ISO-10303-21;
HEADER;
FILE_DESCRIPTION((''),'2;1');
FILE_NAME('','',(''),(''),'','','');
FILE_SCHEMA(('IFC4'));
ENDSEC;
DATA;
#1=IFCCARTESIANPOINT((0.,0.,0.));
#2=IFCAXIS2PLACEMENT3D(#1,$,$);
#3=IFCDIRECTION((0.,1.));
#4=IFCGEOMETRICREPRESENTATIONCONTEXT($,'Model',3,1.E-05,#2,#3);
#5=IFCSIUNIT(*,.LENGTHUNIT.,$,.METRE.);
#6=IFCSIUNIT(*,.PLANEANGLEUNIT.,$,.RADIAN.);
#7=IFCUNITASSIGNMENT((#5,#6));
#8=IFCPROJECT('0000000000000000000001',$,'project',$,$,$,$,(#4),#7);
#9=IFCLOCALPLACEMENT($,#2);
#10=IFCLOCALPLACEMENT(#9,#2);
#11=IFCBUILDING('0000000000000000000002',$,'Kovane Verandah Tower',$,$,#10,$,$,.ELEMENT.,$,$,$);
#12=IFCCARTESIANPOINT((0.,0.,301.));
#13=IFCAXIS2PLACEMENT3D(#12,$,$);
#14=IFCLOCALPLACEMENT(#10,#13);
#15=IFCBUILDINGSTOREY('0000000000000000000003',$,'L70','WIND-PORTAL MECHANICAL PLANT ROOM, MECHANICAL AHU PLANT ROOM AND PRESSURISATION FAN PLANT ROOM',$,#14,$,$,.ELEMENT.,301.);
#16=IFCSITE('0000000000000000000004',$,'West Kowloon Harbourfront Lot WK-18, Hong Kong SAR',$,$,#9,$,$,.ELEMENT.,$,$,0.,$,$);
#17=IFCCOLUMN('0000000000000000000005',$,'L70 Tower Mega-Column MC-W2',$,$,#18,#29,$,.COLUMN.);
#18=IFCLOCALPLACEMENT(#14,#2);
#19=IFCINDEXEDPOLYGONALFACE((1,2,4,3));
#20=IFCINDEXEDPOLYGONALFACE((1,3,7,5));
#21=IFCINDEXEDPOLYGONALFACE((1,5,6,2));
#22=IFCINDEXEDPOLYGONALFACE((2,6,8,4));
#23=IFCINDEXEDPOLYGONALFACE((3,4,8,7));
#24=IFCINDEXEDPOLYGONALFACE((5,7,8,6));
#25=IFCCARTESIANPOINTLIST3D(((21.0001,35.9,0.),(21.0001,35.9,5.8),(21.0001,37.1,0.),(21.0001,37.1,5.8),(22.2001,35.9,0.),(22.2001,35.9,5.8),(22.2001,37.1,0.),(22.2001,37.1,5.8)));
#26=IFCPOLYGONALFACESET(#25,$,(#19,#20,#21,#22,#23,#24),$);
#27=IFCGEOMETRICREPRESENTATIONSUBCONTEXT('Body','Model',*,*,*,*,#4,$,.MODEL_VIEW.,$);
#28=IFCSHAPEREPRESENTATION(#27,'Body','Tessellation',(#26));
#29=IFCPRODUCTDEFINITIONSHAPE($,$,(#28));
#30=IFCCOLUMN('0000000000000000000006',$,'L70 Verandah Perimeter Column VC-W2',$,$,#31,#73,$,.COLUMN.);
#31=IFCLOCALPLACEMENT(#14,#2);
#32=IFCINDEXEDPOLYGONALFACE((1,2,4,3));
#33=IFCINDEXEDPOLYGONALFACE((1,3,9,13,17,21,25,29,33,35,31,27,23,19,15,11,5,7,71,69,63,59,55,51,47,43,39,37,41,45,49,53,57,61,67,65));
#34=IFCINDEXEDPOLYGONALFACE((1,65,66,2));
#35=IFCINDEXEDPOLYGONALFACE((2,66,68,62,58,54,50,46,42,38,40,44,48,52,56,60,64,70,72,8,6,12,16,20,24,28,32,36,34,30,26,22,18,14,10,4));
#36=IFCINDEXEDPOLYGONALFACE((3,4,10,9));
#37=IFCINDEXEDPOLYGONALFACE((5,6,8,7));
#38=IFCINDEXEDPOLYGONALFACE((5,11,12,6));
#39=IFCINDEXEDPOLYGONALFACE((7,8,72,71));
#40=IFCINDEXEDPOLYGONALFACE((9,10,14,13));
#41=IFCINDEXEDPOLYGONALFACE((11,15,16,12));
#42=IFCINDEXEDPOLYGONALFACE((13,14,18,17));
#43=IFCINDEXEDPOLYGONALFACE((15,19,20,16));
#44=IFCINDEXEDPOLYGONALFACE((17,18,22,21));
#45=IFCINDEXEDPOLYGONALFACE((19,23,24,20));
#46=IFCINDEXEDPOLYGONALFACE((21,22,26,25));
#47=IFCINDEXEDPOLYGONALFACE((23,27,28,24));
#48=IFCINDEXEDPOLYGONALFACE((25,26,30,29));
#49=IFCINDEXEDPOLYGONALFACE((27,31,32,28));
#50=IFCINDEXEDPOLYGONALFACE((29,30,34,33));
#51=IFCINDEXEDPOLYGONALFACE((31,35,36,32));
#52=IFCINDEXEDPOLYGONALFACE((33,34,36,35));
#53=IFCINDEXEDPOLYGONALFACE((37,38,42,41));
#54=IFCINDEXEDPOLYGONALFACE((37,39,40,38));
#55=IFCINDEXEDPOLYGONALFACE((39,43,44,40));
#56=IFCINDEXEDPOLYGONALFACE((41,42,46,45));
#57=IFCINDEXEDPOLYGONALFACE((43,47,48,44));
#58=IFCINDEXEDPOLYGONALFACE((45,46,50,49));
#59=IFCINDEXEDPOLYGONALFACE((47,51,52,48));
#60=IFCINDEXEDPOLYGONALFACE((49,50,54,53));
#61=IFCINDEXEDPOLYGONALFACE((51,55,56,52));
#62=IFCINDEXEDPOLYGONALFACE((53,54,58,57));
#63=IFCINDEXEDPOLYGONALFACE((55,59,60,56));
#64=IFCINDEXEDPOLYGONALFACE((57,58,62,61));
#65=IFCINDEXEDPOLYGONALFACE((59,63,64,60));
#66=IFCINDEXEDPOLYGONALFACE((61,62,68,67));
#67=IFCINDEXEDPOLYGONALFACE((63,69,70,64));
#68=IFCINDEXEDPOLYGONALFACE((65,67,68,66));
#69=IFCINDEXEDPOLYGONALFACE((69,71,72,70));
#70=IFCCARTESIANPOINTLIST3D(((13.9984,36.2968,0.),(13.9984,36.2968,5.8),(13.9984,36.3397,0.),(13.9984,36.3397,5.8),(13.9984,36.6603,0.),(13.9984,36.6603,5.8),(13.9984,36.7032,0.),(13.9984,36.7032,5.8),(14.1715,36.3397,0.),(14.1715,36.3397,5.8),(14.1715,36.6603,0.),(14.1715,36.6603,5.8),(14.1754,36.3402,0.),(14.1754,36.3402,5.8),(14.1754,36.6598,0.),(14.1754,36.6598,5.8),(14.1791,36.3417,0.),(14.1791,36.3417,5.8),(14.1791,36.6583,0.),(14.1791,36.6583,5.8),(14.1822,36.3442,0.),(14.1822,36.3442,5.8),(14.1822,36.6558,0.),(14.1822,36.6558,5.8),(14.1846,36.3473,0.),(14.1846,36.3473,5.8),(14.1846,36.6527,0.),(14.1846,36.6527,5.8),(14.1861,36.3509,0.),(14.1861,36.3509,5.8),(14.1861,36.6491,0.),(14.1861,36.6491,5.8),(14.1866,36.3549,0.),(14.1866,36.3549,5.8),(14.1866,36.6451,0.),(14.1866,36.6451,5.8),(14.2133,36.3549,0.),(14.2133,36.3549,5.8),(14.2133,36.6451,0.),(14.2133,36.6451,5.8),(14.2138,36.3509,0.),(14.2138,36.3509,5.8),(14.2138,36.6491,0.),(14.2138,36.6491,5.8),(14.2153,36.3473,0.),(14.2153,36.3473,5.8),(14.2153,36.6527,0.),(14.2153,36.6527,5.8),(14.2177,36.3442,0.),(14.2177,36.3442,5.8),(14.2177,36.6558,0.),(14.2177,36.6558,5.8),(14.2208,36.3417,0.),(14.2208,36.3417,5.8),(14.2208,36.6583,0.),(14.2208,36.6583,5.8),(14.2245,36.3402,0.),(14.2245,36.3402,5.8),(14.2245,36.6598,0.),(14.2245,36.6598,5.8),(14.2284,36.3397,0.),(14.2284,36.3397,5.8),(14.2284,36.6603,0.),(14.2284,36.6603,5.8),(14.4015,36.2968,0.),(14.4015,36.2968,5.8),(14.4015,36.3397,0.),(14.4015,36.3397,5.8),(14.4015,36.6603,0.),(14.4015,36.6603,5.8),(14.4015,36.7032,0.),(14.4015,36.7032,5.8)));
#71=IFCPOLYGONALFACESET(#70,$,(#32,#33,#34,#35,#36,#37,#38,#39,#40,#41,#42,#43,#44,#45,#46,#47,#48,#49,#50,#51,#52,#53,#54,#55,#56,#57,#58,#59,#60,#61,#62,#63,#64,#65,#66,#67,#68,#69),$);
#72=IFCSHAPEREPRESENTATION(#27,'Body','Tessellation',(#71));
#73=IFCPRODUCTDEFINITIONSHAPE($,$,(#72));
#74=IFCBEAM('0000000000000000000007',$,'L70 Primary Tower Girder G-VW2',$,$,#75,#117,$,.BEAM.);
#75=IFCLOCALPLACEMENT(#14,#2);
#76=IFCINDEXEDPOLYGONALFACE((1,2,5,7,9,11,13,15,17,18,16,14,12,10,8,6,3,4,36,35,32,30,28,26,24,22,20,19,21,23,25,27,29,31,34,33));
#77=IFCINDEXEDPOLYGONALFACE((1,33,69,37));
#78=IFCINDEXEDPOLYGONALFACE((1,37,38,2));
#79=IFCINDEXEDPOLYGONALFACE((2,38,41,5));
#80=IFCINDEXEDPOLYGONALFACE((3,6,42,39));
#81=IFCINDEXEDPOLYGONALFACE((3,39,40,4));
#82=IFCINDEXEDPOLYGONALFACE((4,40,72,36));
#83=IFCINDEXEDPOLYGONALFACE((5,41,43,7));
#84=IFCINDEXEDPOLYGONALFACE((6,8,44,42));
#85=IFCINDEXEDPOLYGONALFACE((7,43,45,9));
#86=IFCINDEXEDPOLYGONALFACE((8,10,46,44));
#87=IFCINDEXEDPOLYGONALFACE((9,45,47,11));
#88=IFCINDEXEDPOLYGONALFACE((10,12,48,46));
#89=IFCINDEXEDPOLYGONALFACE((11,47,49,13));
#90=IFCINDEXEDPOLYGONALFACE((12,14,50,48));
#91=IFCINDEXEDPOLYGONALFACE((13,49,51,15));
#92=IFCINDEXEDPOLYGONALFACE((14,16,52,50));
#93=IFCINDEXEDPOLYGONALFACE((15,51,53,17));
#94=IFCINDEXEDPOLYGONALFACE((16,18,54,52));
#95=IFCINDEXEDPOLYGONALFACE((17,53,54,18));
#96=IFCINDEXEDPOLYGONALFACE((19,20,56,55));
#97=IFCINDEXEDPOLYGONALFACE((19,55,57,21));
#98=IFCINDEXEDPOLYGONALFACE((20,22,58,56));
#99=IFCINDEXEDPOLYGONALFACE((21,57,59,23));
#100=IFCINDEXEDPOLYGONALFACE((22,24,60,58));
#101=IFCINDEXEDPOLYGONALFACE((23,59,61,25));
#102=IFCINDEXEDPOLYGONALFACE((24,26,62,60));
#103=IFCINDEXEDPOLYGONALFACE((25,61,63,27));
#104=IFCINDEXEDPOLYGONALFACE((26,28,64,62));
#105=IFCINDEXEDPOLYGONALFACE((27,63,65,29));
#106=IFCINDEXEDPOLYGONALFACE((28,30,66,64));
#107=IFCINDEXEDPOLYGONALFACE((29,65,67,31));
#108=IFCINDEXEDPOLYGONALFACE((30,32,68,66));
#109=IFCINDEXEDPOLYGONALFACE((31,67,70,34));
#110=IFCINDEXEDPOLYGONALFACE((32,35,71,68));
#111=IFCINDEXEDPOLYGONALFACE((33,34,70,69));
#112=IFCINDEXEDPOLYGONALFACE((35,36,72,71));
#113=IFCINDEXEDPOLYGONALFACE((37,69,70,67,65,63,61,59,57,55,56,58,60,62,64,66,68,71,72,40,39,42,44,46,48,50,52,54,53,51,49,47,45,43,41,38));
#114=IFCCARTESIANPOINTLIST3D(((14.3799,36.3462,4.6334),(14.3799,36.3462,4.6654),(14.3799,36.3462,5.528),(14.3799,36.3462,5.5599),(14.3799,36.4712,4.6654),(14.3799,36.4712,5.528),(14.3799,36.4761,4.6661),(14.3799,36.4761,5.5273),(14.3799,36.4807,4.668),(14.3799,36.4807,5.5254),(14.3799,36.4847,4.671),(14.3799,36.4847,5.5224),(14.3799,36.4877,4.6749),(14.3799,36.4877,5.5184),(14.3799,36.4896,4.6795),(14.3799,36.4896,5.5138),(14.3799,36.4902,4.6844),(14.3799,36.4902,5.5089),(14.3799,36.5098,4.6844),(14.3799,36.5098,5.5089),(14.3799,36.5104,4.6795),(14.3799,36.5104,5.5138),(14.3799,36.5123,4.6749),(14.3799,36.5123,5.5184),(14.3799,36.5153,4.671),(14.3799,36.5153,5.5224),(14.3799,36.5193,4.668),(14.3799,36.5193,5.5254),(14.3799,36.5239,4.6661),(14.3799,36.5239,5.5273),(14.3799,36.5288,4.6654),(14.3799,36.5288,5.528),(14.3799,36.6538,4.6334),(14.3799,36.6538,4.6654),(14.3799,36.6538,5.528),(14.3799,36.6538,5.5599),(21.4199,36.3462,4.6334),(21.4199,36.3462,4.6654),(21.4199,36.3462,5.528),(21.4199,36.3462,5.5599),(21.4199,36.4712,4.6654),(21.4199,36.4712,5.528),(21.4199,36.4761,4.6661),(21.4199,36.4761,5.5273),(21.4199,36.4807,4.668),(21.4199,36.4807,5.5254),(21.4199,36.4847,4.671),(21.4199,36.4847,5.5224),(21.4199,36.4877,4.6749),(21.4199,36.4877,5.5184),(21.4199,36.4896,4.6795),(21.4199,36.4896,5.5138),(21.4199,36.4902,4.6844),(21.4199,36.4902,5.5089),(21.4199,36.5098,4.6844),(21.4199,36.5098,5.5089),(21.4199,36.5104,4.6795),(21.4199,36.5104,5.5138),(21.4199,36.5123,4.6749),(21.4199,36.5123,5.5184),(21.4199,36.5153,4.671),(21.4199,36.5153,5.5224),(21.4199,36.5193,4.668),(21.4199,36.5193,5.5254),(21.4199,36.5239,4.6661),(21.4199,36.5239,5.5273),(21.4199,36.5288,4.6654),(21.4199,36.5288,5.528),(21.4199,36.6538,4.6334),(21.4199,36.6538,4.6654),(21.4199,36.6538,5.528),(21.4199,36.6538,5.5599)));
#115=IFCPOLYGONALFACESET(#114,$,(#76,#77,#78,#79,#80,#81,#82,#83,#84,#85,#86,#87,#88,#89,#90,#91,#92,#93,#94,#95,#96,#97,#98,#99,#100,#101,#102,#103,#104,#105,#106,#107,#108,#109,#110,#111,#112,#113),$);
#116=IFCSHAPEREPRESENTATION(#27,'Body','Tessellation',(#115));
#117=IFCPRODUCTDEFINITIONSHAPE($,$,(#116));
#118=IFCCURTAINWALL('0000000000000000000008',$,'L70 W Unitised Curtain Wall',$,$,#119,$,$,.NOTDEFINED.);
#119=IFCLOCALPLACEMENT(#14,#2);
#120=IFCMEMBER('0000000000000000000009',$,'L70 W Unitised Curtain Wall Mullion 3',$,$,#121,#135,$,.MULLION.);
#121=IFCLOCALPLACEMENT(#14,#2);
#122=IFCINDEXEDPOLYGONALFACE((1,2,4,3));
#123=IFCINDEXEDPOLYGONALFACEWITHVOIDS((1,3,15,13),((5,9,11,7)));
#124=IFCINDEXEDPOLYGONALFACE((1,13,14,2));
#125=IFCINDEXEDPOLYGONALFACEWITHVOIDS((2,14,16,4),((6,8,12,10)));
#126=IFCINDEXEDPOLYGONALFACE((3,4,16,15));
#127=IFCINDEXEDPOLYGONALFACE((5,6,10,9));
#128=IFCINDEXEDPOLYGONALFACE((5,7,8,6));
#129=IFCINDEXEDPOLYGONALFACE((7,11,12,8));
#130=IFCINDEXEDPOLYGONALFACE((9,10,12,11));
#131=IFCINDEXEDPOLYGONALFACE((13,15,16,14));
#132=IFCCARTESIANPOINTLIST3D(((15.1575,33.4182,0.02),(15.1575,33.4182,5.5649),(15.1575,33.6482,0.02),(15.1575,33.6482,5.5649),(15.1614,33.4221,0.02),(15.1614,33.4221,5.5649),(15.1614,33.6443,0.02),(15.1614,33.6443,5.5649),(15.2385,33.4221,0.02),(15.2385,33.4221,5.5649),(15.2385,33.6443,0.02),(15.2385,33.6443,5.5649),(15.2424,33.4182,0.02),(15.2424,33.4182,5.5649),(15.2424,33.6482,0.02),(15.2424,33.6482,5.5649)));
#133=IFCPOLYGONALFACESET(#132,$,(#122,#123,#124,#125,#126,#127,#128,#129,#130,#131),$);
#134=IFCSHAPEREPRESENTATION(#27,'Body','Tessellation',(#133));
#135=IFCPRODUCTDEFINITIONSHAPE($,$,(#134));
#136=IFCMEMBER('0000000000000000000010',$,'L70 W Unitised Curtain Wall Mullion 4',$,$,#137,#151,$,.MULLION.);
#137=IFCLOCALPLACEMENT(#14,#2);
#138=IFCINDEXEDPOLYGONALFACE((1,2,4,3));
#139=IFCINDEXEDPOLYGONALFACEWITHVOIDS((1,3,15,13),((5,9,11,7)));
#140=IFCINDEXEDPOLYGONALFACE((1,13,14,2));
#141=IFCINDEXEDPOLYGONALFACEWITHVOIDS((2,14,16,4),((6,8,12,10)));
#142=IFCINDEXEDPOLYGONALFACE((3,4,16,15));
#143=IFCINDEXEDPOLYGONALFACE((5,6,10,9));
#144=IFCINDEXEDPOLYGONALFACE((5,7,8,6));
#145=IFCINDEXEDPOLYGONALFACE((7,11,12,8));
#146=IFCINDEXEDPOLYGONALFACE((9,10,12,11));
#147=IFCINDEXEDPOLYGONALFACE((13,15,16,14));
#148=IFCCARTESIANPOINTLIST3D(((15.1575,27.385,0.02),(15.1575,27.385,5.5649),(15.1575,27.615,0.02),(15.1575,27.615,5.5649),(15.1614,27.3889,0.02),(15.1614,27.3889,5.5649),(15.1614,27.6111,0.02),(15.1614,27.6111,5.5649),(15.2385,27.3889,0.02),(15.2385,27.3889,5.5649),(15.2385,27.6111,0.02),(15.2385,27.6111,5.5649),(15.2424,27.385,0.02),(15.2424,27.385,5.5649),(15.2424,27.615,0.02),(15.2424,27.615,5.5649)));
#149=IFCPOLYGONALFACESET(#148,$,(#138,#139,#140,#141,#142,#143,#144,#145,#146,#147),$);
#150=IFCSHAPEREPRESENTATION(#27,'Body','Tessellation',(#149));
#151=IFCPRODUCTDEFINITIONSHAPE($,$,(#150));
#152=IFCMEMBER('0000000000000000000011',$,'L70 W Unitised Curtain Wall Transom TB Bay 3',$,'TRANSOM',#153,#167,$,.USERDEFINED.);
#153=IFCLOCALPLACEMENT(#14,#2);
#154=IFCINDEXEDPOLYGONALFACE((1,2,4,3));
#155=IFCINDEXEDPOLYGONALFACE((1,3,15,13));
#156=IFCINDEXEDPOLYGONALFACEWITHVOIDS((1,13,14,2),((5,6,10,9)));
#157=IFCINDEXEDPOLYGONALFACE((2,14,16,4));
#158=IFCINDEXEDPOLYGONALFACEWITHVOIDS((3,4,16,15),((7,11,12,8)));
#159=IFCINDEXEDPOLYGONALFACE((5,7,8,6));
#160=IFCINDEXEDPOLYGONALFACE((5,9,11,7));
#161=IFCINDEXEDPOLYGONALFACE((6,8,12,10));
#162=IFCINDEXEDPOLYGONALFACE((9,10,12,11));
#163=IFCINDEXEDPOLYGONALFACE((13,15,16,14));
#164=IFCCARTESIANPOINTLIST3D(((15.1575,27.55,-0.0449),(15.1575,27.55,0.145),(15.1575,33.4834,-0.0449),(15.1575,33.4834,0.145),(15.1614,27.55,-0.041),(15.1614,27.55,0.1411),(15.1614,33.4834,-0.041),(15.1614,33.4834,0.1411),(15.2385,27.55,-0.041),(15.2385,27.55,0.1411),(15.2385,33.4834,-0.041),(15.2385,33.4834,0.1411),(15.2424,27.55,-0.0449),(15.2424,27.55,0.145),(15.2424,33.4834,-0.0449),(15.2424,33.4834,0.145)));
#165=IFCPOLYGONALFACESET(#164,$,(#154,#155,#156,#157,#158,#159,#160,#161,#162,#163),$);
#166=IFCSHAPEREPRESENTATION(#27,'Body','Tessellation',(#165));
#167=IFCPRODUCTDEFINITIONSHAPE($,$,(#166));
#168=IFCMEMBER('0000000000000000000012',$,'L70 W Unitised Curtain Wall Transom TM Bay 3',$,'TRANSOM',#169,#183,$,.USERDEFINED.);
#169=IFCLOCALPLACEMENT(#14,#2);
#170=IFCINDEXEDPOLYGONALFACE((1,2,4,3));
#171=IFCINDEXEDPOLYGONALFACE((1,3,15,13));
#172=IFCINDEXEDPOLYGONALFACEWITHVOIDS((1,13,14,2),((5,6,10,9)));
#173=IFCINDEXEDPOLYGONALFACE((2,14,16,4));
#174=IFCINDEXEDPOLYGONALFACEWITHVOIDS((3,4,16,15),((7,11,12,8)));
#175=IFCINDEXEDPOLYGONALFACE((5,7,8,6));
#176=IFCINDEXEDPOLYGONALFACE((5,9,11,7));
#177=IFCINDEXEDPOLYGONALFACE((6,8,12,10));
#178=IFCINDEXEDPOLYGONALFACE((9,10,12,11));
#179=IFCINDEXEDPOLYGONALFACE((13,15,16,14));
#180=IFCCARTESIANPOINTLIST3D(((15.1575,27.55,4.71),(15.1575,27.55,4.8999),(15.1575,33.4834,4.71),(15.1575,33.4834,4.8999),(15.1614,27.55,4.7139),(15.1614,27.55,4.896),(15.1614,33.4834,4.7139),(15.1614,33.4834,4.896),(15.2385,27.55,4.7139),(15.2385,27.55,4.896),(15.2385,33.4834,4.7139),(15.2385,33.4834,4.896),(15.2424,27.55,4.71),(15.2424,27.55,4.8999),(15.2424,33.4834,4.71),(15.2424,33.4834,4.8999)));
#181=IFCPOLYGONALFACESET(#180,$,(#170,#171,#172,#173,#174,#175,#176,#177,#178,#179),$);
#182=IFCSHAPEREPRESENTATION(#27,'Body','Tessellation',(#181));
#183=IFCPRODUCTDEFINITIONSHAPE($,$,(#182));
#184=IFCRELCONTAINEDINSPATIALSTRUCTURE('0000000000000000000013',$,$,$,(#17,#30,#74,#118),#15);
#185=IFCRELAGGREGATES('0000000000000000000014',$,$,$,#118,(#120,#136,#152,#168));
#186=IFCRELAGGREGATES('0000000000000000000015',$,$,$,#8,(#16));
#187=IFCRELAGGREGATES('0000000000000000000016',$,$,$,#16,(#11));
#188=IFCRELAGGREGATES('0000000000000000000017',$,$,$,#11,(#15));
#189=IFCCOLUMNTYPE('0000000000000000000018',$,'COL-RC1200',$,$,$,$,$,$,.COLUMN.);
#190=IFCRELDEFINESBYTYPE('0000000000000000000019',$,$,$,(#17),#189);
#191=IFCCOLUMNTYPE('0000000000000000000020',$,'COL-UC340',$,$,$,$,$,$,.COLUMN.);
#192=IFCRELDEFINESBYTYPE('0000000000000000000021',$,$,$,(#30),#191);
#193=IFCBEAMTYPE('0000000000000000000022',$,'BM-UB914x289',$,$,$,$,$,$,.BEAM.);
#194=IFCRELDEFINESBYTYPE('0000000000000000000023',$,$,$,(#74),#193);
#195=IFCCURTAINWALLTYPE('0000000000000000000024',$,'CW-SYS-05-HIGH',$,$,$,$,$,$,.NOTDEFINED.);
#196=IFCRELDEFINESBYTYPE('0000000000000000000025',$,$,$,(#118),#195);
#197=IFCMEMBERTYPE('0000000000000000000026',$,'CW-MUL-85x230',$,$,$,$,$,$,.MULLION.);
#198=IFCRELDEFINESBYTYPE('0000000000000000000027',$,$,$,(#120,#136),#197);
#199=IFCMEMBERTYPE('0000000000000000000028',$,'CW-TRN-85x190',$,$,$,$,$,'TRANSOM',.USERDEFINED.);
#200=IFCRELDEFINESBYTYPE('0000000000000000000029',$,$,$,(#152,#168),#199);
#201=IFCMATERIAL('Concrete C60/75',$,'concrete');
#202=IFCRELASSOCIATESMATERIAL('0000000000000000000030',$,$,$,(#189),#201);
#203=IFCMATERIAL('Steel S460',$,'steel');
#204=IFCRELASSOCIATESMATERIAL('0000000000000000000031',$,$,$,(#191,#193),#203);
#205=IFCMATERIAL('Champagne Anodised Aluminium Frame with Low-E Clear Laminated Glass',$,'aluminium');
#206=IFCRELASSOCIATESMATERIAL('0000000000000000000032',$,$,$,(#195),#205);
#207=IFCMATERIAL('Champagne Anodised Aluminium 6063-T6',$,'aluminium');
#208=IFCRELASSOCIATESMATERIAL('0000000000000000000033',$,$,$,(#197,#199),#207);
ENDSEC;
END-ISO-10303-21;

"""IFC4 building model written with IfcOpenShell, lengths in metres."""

from ifc_helpers import new_model, si_unit, direction, frame, origin, origin_2d, place, context, subcontext, project, spatial, rectangle, hollow_rectangle, i_section, extrude, material, material_profile, profile_set, type_object, element, aggregate, save


model = new_model("IFC4")

# Units and contexts
model_context = context("Model", 3, precision=1e-05, world=origin(), true_north=direction((0.0, 1.0)))
body_context = subcontext(model_context, "Body", "Model", "MODEL_VIEW")
ifc_project = project(units=[si_unit("LENGTHUNIT", "METRE"), si_unit("PLANEANGLEUNIT", "RADIAN")], contexts=[model_context])

# Site, building, storey
site_placement = place(None, origin())
site = spatial("IfcSite", under=ifc_project, at=site_placement, Name="West Kowloon Harbourfront Lot WK-18, Hong Kong SAR", CompositionType="ELEMENT", RefElevation=0.0)
building_placement = place(site_placement, origin())
building = spatial("IfcBuilding", under=site, at=building_placement, Name="Kovane Verandah Tower", CompositionType="ELEMENT")
storey_placement = place(building_placement, frame((0.0, 0.0, 301.0)))
storey = spatial("IfcBuildingStorey", under=building, at=storey_placement, Name="L70", Description="WIND-PORTAL MECHANICAL PLANT ROOM, MECHANICAL AHU PLANT ROOM AND PRESSURISATION FAN PLANT ROOM", CompositionType="ELEMENT", Elevation=301.0)

# Columns
ifc_material_1 = material(Name="Concrete C60/75", Category="concrete")
ifc_material_profile_1 = material_profile(ifc_material_1, rectangle(XDim=1.2, YDim=1.2, at=origin_2d()), Name="RC1200x1200")
ifc_profile_set_1 = profile_set([ifc_material_profile_1], Name="Concrete C60/75")
column_type_1 = type_object("IfcColumnType", Name="COL-RC1200", PredefinedType="COLUMN", material=ifc_profile_set_1)
column_1_placement = place(storey_placement, frame((21.6001, 36.5, 0.0), z_axis=(0.0, 0.0, 1.0), x_axis=(1.0, 0.0, 0.0)))
element("IfcColumn", 1, at=column_1_placement, inside=storey, type_object=column_type_1, Name="L70 Tower Mega-Column MC-W2", PredefinedType="COLUMN", context=body_context, shape_type="SweptSolid", body=[
    extrude(rectangle(XDim=1.2, YDim=1.2, at=origin_2d()), origin(), (0.0, 0.0, 1.0), 5.8),
])
ifc_material_2 = material(Name="Steel S460", Category="steel")
ifc_material_profile_2 = material_profile(ifc_material_2, i_section(OverallWidth=0.4031, OverallDepth=0.4065, WebThickness=0.0266, FlangeThickness=0.043, FilletRadius=0.0151, at=origin_2d()), Name="UC356x406x340")
ifc_profile_set_2 = profile_set([ifc_material_profile_2], Name="Steel S460")
column_type_2 = type_object("IfcColumnType", Name="COL-UC340", PredefinedType="COLUMN", material=ifc_profile_set_2)
column_2_placement = place(storey_placement, frame((14.2, 36.5, 0.0), z_axis=(0.0, 0.0, 1.0), x_axis=(1.0, 0.0, 0.0)))
element("IfcColumn", 2, at=column_2_placement, inside=storey, type_object=column_type_2, Name="L70 Verandah Perimeter Column VC-W2", PredefinedType="COLUMN", context=body_context, shape_type="SweptSolid", body=[
    extrude(i_section(OverallWidth=0.4031, OverallDepth=0.4065, WebThickness=0.0266, FlangeThickness=0.043, FilletRadius=0.0151, at=origin_2d()), origin(), (0.0, 0.0, 1.0), 5.8),
])

# Beam
ifc_material_profile_3 = material_profile(ifc_material_2, i_section(OverallWidth=0.3076, OverallDepth=0.9265, WebThickness=0.0195, FlangeThickness=0.032, FilletRadius=0.019, at=origin_2d()), Name="UB914x305x289")
ifc_profile_set_3 = profile_set([ifc_material_profile_3], Name="Steel S460")
beam_type_1 = type_object("IfcBeamType", Name="BM-UB914x289", PredefinedType="BEAM", material=ifc_profile_set_3)
beam_1_placement = place(storey_placement, frame((21.4199, 36.5, 5.0967), z_axis=(-1.0, 0.0, 0.0), x_axis=(0.0, -1.0, 0.0)))
element("IfcBeam", 3, at=beam_1_placement, inside=storey, type_object=beam_type_1, Name="L70 Primary Tower Girder G-VW2", PredefinedType="BEAM", context=body_context, shape_type="SweptSolid", body=[
    extrude(i_section(OverallWidth=0.3076, OverallDepth=0.9265, WebThickness=0.0195, FlangeThickness=0.032, FilletRadius=0.019, at=origin_2d()), origin(), (0.0, 0.0, 1.0), 7.04),
])

# Curtain wall, members
ifc_material_3 = material(Name="Champagne Anodised Aluminium Frame with Low-E Clear Laminated Glass", Category="aluminium")
curtain_wall_type = type_object("IfcCurtainWallType", Name="CW-SYS-05-HIGH", PredefinedType="NOTDEFINED", material=ifc_material_3)
curtain_wall_placement = place(storey_placement, origin())
curtain_wall = element("IfcCurtainWall", 4, at=curtain_wall_placement, inside=storey, type_object=curtain_wall_type, Name="L70 W Unitised Curtain Wall", PredefinedType="NOTDEFINED")
ifc_material_4 = material(Name="Champagne Anodised Aluminium 6063-T6", Category="aluminium")
ifc_material_profile_4 = material_profile(ifc_material_4, hollow_rectangle(XDim=0.085, YDim=0.23, WallThickness=0.0039, at=origin_2d()), Name="AL85x230x4")
ifc_profile_set_4 = profile_set([ifc_material_profile_4], Name="Champagne Anodised Aluminium 6063-T6")
member_type_1 = type_object("IfcMemberType", Name="CW-MUL-85x230", PredefinedType="MULLION", material=ifc_profile_set_4)
member_1_placement = place(storey_placement, frame((15.2, 33.5332, 0.02), z_axis=(0.0, 0.0, 1.0), x_axis=(-1.0, 0.0, 0.0)))
member_1 = element("IfcMember", 5, at=member_1_placement, type_object=member_type_1, Name="L70 W Unitised Curtain Wall Mullion 3", PredefinedType="MULLION", context=body_context, shape_type="SweptSolid", body=[
    extrude(hollow_rectangle(XDim=0.085, YDim=0.23, WallThickness=0.0039, at=origin_2d()), origin(), (0.0, 0.0, 1.0), 5.5449),
])
member_2_placement = place(storey_placement, frame((15.2, 27.5, 0.02), z_axis=(0.0, 0.0, 1.0), x_axis=(-1.0, 0.0, 0.0)))
member_2 = element("IfcMember", 6, at=member_2_placement, type_object=member_type_1, Name="L70 W Unitised Curtain Wall Mullion 4", PredefinedType="MULLION", context=body_context, shape_type="SweptSolid", body=[
    extrude(hollow_rectangle(XDim=0.085, YDim=0.23, WallThickness=0.0039, at=origin_2d()), origin(), (0.0, 0.0, 1.0), 5.5449),
])
ifc_material_profile_5 = material_profile(ifc_material_4, hollow_rectangle(XDim=0.085, YDim=0.1899, WallThickness=0.0039, at=origin_2d()), Name="AL85x190x4")
ifc_profile_set_5 = profile_set([ifc_material_profile_5], Name="Champagne Anodised Aluminium 6063-T6")
member_type_2 = type_object("IfcMemberType", Name="CW-TRN-85x190", ElementType="TRANSOM", PredefinedType="USERDEFINED", material=ifc_profile_set_5)
member_3_placement = place(storey_placement, frame((15.2, 33.4834, 0.05), z_axis=(0.0, -1.0, 0.0), x_axis=(1.0, 0.0, 0.0)))
member_3 = element("IfcMember", 7, at=member_3_placement, type_object=member_type_2, Name="L70 W Unitised Curtain Wall Transom TB Bay 3", ObjectType="TRANSOM", PredefinedType="USERDEFINED", context=body_context, shape_type="SweptSolid", body=[
    extrude(hollow_rectangle(XDim=0.085, YDim=0.1899, WallThickness=0.0039, at=origin_2d()), origin(), (0.0, 0.0, 1.0), 5.9333),
])
member_4_placement = place(storey_placement, frame((15.2, 33.4834, 4.8049), z_axis=(0.0, -1.0, 0.0), x_axis=(1.0, 0.0, 0.0)))
member_4 = element("IfcMember", 8, at=member_4_placement, type_object=member_type_2, Name="L70 W Unitised Curtain Wall Transom TM Bay 3", ObjectType="TRANSOM", PredefinedType="USERDEFINED", context=body_context, shape_type="SweptSolid", body=[
    extrude(hollow_rectangle(XDim=0.085, YDim=0.1899, WallThickness=0.0039, at=origin_2d()), origin(), (0.0, 0.0, 1.0), 5.9333),
])

aggregate(curtain_wall, [member_1, member_2, member_3, member_4])

save(model, "model.ifc")
